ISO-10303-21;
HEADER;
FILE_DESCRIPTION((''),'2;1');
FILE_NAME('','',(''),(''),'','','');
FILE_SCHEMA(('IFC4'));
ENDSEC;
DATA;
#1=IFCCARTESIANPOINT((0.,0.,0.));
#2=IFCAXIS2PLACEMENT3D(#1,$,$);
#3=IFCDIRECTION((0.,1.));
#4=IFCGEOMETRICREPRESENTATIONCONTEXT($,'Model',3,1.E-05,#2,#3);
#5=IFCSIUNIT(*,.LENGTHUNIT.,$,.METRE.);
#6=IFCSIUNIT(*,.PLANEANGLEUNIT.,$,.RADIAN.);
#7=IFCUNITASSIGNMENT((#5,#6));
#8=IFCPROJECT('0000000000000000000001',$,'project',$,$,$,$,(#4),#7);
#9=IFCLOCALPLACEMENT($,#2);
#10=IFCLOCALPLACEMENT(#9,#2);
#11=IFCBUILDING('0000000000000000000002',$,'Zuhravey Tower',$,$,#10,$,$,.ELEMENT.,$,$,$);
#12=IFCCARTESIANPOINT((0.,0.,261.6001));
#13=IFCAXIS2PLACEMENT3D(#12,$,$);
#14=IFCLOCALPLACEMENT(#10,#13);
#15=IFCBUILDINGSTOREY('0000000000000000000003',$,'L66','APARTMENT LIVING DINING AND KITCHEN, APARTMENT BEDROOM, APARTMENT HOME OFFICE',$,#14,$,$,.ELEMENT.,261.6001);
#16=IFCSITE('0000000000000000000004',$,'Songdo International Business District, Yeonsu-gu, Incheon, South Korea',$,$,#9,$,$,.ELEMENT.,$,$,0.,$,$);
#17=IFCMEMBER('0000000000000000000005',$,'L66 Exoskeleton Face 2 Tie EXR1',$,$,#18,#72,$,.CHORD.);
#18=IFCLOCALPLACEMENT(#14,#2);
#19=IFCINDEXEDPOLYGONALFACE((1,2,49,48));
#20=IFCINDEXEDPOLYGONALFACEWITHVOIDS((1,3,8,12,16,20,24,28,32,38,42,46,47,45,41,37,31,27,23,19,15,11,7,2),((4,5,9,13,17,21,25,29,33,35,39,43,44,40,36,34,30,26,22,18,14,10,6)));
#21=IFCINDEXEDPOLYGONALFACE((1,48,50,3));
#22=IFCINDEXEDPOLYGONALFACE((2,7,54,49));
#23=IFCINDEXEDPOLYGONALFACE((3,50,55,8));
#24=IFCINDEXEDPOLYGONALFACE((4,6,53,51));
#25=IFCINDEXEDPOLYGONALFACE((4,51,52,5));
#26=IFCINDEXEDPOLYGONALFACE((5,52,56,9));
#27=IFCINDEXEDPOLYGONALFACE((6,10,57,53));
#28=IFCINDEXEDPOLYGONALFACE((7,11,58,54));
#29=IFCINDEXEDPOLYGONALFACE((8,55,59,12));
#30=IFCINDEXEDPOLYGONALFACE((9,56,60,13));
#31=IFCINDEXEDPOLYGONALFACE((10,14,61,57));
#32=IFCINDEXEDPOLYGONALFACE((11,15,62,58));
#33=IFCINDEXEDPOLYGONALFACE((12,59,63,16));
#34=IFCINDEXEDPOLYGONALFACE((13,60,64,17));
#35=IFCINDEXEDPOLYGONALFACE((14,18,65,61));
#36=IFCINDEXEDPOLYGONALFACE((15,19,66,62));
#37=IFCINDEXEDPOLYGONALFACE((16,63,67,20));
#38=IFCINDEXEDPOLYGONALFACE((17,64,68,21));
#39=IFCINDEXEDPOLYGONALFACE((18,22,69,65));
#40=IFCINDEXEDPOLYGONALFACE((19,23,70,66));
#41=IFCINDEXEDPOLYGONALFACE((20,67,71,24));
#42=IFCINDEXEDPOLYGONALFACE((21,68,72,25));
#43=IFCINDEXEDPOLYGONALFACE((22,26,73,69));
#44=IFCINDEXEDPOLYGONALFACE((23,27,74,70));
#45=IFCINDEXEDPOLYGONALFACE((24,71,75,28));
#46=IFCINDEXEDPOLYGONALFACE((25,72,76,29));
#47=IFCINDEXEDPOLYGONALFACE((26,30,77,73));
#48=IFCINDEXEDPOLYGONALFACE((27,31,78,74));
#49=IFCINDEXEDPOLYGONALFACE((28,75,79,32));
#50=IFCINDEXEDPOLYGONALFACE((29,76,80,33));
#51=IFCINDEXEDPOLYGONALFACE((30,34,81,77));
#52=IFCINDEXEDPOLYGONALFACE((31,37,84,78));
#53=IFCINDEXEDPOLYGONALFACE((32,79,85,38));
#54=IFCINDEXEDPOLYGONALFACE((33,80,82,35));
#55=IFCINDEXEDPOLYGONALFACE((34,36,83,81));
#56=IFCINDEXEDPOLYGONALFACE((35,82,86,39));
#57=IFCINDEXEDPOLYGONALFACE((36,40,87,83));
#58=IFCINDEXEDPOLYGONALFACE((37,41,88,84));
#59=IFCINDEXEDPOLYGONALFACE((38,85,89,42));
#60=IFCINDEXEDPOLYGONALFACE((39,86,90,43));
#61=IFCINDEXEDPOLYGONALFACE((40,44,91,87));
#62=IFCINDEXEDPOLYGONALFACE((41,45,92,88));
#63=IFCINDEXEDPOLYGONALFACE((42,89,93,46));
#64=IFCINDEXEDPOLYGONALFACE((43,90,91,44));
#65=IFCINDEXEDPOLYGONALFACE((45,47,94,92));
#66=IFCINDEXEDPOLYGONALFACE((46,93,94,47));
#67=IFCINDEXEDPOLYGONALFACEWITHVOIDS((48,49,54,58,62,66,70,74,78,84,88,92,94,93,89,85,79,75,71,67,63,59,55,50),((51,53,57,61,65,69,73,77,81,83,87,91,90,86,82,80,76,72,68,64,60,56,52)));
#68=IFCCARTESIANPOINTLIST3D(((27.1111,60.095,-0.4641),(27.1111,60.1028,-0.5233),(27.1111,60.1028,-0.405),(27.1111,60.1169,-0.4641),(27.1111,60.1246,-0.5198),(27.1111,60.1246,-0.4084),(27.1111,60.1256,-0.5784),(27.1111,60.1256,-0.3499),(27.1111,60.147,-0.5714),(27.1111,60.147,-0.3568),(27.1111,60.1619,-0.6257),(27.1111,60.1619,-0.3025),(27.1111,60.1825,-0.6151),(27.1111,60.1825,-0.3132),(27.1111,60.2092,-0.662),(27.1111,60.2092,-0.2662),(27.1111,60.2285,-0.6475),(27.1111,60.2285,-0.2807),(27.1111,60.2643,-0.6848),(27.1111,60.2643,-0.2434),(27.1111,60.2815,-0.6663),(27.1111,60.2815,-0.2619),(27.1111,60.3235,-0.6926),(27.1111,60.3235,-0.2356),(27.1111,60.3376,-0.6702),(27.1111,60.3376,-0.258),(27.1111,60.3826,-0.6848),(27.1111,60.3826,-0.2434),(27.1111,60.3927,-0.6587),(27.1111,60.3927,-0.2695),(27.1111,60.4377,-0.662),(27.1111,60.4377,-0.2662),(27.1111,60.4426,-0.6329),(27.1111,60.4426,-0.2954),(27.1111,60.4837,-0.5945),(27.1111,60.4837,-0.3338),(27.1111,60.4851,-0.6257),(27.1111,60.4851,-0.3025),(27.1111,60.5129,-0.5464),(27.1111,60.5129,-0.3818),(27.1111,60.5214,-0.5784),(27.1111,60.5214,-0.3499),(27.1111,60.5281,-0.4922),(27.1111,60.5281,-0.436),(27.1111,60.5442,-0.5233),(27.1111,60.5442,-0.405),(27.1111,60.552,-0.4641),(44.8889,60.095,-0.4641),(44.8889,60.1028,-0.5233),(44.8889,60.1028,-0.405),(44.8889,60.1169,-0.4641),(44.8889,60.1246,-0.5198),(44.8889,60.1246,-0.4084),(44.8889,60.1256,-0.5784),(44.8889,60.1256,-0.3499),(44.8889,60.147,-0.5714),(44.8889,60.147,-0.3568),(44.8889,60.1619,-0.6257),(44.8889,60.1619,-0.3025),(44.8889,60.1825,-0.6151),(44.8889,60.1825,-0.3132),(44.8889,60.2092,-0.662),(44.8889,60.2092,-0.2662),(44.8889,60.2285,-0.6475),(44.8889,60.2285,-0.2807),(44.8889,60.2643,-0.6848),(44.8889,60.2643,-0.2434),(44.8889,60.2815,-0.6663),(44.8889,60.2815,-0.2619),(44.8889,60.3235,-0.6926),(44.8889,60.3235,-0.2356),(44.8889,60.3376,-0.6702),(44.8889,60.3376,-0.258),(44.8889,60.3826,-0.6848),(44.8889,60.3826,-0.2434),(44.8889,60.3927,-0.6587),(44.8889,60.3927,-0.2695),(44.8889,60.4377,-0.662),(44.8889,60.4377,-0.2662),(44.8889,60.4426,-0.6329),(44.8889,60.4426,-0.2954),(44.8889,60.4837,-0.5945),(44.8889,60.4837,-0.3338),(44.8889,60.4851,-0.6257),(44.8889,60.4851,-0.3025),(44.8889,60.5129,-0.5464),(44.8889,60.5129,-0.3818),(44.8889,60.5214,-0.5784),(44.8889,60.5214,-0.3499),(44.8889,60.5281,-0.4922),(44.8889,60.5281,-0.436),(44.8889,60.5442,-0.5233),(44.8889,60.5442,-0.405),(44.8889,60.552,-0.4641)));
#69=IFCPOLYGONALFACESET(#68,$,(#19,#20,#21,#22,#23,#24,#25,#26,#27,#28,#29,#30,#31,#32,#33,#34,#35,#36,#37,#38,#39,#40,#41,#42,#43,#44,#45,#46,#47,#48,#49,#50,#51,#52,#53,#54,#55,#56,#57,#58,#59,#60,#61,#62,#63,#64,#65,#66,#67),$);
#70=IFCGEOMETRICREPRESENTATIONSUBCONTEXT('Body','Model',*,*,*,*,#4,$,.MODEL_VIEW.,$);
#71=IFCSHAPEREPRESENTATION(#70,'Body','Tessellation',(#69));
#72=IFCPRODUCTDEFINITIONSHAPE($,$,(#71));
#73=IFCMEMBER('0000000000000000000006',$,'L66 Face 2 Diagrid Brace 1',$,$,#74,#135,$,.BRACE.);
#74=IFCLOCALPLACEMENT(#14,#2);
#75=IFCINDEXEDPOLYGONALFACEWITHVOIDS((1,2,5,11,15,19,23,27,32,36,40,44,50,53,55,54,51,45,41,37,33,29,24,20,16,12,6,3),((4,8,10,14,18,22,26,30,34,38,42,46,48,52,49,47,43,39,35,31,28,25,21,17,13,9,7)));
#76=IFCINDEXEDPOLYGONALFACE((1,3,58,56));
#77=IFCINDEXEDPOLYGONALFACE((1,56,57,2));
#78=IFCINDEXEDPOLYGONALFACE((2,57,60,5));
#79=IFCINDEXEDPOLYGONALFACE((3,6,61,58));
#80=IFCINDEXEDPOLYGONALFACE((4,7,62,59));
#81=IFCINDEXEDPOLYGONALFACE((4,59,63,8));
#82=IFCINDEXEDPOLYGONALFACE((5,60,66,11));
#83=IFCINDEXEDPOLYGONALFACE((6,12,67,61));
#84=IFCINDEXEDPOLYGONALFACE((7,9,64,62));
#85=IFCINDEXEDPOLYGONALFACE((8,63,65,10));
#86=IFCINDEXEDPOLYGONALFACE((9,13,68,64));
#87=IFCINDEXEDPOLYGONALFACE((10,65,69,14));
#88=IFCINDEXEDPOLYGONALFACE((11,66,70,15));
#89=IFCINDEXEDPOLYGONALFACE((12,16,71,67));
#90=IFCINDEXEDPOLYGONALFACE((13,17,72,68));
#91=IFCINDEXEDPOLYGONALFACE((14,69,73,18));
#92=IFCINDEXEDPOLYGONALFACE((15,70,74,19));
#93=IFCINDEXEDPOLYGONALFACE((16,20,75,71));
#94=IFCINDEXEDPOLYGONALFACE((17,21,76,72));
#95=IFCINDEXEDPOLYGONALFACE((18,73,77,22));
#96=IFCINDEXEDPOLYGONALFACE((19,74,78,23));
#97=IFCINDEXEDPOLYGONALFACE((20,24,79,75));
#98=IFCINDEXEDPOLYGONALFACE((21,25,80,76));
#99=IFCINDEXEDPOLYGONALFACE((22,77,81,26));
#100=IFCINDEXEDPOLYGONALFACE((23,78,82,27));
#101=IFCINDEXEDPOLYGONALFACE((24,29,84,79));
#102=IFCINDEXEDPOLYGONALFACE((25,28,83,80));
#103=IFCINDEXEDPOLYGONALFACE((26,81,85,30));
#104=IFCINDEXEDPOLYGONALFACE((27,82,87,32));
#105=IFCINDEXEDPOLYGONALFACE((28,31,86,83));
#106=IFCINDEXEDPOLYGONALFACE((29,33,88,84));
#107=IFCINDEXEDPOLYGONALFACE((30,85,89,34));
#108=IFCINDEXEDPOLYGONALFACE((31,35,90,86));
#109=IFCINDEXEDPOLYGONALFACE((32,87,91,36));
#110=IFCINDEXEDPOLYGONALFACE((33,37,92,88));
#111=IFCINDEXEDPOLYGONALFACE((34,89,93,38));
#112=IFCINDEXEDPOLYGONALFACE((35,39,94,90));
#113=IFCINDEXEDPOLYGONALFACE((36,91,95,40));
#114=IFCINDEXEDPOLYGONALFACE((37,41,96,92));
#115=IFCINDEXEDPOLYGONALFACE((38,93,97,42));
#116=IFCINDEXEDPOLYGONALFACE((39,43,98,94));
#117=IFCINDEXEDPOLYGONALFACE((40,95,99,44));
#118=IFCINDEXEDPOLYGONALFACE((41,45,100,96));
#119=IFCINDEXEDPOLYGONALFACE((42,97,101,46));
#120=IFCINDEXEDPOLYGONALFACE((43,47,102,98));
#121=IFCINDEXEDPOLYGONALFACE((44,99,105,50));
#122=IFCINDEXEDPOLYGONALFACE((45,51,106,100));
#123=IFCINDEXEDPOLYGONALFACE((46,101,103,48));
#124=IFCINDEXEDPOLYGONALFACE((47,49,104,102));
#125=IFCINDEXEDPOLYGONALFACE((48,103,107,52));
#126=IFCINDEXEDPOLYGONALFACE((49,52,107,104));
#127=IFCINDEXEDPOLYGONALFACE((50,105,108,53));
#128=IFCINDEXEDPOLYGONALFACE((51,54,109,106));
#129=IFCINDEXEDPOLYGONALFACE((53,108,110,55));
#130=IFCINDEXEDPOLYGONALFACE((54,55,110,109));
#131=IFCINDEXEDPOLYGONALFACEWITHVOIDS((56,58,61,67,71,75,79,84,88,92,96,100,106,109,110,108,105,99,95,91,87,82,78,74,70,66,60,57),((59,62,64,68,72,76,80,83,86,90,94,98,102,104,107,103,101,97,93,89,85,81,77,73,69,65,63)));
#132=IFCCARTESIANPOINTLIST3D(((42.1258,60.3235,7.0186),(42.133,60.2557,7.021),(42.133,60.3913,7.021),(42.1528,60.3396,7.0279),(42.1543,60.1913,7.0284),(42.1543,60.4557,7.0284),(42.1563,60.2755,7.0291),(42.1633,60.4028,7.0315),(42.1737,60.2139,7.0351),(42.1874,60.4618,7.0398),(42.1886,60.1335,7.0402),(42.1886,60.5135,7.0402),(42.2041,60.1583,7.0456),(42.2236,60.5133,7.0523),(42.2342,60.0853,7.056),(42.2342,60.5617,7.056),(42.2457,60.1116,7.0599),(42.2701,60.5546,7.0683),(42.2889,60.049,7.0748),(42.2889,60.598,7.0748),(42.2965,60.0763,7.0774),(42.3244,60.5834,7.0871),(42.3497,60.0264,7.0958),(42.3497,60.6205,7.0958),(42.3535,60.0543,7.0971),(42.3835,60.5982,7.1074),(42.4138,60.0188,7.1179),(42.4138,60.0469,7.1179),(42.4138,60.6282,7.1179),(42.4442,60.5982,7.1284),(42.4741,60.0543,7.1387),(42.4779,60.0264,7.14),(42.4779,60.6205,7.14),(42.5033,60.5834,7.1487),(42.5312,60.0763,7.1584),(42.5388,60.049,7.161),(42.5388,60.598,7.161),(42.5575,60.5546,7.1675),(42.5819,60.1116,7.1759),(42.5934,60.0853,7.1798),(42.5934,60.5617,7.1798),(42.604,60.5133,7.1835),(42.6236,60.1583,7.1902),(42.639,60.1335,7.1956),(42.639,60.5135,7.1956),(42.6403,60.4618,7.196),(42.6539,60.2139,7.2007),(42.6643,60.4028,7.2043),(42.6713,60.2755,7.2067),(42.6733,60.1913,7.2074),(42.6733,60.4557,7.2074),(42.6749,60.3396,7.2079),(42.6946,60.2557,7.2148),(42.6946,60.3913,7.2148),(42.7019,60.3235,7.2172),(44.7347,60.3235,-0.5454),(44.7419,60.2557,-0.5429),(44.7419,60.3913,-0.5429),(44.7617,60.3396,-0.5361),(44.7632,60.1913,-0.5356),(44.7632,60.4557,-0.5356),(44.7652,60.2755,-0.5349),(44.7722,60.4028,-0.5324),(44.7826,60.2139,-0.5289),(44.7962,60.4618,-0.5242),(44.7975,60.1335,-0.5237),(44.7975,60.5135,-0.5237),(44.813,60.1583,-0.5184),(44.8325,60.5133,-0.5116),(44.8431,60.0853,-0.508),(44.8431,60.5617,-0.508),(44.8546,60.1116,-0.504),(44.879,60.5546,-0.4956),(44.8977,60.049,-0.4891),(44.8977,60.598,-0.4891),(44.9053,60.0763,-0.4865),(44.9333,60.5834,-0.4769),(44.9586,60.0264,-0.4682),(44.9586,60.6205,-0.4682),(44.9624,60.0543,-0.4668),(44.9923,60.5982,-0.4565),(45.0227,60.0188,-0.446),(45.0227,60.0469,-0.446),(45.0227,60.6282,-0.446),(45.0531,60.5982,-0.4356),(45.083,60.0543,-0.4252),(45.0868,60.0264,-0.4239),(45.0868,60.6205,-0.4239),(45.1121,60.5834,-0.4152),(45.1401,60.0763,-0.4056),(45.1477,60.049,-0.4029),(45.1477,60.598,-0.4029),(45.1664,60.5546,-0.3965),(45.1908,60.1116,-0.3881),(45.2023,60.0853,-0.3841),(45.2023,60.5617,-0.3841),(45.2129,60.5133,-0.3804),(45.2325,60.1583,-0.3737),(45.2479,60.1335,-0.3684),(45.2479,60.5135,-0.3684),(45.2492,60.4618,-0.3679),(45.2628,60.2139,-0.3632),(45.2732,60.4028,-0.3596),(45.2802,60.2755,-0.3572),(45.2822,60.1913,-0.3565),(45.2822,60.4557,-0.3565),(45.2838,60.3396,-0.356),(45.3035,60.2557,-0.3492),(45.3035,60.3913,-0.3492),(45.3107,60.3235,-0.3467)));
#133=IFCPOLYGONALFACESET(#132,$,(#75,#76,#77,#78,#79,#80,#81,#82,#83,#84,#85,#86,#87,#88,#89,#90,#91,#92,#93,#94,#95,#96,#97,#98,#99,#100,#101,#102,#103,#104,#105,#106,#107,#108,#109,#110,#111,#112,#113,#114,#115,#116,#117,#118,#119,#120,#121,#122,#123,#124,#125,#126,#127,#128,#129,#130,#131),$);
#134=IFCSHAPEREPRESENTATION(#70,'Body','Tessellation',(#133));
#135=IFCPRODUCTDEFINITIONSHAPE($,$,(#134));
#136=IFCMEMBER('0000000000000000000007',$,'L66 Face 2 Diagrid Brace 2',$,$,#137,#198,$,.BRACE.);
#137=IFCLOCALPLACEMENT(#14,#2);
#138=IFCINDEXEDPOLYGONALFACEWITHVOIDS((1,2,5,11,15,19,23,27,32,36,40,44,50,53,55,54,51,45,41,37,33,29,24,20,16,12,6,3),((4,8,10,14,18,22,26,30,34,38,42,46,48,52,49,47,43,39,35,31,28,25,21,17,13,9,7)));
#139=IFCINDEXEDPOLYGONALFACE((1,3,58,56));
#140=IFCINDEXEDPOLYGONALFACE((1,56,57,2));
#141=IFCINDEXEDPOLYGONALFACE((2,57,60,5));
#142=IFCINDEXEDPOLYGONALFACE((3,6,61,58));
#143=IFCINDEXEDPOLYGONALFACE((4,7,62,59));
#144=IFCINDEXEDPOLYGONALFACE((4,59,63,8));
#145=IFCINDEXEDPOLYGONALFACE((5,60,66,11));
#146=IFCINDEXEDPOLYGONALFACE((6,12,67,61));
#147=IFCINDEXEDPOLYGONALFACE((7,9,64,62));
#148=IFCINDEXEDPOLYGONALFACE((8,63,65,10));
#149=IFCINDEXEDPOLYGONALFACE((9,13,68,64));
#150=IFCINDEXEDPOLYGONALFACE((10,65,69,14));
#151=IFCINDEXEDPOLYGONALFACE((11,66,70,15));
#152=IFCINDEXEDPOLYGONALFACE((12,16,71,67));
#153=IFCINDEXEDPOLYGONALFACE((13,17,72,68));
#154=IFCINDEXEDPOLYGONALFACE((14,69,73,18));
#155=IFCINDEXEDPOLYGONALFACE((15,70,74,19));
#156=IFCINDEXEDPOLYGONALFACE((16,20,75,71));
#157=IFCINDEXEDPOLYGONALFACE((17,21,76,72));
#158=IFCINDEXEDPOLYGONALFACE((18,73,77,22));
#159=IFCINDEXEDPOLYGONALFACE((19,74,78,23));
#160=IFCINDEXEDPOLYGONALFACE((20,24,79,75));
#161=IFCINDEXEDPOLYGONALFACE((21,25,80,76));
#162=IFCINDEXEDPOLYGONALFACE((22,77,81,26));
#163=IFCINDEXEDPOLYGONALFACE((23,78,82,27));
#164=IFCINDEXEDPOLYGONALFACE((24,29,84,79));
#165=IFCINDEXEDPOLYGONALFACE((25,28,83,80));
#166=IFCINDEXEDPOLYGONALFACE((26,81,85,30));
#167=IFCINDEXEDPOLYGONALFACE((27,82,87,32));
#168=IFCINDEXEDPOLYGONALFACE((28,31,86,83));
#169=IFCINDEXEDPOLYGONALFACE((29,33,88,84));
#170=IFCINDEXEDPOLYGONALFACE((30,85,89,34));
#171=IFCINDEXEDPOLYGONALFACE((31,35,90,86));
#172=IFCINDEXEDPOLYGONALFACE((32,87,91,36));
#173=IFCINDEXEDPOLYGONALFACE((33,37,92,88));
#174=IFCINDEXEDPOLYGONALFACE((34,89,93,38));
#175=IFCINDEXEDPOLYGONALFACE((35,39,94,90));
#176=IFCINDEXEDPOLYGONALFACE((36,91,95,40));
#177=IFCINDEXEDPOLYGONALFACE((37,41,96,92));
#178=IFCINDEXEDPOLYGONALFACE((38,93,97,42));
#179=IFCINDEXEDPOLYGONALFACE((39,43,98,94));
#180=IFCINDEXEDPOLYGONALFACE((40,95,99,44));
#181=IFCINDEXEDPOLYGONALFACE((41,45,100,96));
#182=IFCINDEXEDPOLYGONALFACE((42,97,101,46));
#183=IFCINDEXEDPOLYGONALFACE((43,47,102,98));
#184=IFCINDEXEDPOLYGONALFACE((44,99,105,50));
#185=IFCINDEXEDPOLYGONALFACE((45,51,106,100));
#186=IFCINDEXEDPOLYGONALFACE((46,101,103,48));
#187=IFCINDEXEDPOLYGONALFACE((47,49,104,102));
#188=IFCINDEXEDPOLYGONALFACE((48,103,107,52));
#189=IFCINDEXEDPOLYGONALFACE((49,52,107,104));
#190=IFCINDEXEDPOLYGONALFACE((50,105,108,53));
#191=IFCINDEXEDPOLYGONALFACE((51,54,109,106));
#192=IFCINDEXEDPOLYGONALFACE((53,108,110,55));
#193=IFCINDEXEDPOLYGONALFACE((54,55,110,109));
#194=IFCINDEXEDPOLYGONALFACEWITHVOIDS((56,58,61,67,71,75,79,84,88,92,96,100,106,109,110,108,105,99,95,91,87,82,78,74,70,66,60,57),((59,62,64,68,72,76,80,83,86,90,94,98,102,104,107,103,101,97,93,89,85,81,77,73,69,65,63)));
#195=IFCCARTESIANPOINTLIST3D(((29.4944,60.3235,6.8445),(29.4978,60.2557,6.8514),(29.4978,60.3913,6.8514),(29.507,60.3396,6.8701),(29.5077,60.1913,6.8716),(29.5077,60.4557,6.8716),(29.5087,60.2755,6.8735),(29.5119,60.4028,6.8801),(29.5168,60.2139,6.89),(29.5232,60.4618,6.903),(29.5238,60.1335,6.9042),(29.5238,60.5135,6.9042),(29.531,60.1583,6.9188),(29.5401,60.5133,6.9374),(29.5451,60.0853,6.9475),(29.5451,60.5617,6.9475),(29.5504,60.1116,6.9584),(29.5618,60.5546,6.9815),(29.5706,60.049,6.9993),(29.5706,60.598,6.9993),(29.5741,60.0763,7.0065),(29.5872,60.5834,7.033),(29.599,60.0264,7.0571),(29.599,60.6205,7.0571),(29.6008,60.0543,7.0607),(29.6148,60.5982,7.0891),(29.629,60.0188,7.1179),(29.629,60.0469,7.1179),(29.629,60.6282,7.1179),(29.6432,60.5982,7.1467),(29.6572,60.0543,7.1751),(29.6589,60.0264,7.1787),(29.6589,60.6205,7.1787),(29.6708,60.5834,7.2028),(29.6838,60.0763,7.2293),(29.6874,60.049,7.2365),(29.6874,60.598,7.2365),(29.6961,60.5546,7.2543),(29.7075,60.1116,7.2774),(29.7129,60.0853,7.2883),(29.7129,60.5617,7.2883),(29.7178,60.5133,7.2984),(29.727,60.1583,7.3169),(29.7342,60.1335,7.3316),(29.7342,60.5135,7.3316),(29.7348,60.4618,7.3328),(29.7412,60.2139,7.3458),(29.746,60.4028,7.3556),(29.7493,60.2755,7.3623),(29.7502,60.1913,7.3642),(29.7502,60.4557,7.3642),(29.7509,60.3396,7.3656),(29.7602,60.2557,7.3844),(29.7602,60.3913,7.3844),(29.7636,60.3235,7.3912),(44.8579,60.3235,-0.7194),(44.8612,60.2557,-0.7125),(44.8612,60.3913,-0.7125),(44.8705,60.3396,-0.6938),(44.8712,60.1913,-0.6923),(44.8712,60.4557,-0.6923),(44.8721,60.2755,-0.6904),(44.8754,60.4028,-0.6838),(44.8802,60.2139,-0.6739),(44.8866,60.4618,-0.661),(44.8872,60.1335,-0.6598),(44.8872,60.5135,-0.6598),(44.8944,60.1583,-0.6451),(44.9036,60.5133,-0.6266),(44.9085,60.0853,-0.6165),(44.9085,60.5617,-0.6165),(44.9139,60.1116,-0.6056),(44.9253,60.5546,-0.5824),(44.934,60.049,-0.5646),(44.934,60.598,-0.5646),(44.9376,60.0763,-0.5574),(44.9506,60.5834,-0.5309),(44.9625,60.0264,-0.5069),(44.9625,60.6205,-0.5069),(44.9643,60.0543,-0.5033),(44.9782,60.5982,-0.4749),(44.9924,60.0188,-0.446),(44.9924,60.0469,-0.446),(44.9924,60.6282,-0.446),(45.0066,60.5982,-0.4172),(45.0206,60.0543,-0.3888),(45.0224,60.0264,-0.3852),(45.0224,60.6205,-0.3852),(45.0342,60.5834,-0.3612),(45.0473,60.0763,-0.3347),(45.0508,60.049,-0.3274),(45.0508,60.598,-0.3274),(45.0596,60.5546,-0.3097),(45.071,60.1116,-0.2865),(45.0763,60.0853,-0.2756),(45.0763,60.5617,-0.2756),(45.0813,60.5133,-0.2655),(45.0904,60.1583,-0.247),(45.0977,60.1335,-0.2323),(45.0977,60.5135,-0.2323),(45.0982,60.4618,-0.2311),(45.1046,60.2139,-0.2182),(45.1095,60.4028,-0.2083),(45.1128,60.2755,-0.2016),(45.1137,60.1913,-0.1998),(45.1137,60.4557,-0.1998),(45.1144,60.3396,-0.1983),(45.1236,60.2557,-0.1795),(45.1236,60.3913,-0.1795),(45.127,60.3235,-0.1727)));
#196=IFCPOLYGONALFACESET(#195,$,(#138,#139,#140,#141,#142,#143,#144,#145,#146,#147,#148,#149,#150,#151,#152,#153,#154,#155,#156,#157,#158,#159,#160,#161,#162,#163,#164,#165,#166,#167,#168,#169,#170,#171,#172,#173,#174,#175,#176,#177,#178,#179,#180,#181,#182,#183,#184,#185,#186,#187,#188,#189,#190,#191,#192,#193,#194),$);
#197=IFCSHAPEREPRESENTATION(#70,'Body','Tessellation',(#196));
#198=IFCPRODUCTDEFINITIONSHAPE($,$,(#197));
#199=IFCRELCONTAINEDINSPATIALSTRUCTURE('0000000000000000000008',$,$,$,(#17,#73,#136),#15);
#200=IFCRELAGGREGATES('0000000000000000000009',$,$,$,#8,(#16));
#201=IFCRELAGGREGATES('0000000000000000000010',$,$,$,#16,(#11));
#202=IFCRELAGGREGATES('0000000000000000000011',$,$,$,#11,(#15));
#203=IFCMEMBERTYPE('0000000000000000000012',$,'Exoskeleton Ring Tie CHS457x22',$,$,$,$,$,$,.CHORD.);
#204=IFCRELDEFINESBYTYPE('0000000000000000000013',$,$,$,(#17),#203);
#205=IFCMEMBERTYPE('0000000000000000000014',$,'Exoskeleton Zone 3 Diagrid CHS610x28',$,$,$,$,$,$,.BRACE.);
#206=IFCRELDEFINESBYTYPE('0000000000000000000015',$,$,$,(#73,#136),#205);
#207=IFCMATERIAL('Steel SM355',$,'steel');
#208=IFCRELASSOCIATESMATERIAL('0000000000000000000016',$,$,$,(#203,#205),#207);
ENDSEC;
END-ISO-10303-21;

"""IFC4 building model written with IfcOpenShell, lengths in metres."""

from ifc_helpers import new_model, si_unit, direction, frame, origin, origin_2d, place, context, subcontext, project, spatial, hollow_circle, extrude, material, material_profile, profile_set, type_object, element, save


model = new_model("IFC4")

# Units and contexts
model_context = context("Model", 3, precision=1e-05, world=origin(), true_north=direction((0.0, 1.0)))
body_context = subcontext(model_context, "Body", "Model", "MODEL_VIEW")
ifc_project = project(units=[si_unit("LENGTHUNIT", "METRE"), si_unit("PLANEANGLEUNIT", "RADIAN")], contexts=[model_context])

# Site, building, storey
site_placement = place(None, origin())
site = spatial("IfcSite", under=ifc_project, at=site_placement, Name="Songdo International Business District, Yeonsu-gu, Incheon, South Korea", CompositionType="ELEMENT", RefElevation=0.0)
building_placement = place(site_placement, origin())
building = spatial("IfcBuilding", under=site, at=building_placement, Name="Zuhravey Tower", CompositionType="ELEMENT")
storey_placement = place(building_placement, frame((0.0, 0.0, 261.6001)))
storey = spatial("IfcBuildingStorey", under=building, at=storey_placement, Name="L66", Description="APARTMENT LIVING DINING AND KITCHEN, APARTMENT BEDROOM, APARTMENT HOME OFFICE", CompositionType="ELEMENT", Elevation=261.6001)

# Members
ifc_material_1 = material(Name="Steel SM355", Category="steel")
ifc_material_profile_1 = material_profile(ifc_material_1, hollow_circle(Radius=0.2285, WallThickness=0.022, at=origin_2d()), Name="CHS-457.2x22")
ifc_profile_set_1 = profile_set([ifc_material_profile_1], Name="Steel SM355")
member_type_1 = type_object("IfcMemberType", Name="Exoskeleton Ring Tie CHS457x22", PredefinedType="CHORD", material=ifc_profile_set_1)
member_1_placement = place(storey_placement, frame((44.8889, 60.3235, -0.4641), z_axis=(-1.0, 0.0, 0.0), x_axis=(0.0, -1.0, 0.0)))
element("IfcMember", 1, at=member_1_placement, inside=storey, type_object=member_type_1, Name="L66 Exoskeleton Face 2 Tie EXR1", PredefinedType="CHORD", context=body_context, shape_type="SweptSolid", body=[
    extrude(hollow_circle(Radius=0.2285, WallThickness=0.022, at=origin_2d()), origin(), (0.0, 0.0, 1.0), 17.7778),
])
ifc_material_profile_2 = material_profile(ifc_material_1, hollow_circle(Radius=0.3047, WallThickness=0.0281, at=origin_2d()), Name="CHS-609.6x28")
ifc_profile_set_2 = profile_set([ifc_material_profile_2], Name="Steel SM355")
member_type_2 = type_object("IfcMemberType", Name="Exoskeleton Zone 3 Diagrid CHS610x28", PredefinedType="BRACE", material=ifc_profile_set_2)
member_2_placement = place(storey_placement, frame((45.0227, 60.3235, -0.446), z_axis=(-0.32606, 0.0, 0.945349), x_axis=(0.0, -1.0, 0.0)))
element("IfcMember", 2, at=member_2_placement, inside=storey, type_object=member_type_2, Name="L66 Face 2 Diagrid Brace 1", PredefinedType="BRACE", context=body_context, shape_type="SweptSolid", body=[
    extrude(hollow_circle(Radius=0.3047, WallThickness=0.0281, at=origin_2d()), origin(), (0.0, 0.0, 1.0), 8.0012),
])
member_3_placement = place(storey_placement, frame((44.9924, 60.3235, -0.446), z_axis=(-0.897162, 0.0, 0.441702), x_axis=(0.0, -1.0, 0.0)))
element("IfcMember", 3, at=member_3_placement, inside=storey, type_object=member_type_2, Name="L66 Face 2 Diagrid Brace 2", PredefinedType="BRACE", context=body_context, shape_type="SweptSolid", body=[
    extrude(hollow_circle(Radius=0.3047, WallThickness=0.0281, at=origin_2d()), origin(), (0.0, 0.0, 1.0), 17.1245),
])

save(model, "model.ifc")
